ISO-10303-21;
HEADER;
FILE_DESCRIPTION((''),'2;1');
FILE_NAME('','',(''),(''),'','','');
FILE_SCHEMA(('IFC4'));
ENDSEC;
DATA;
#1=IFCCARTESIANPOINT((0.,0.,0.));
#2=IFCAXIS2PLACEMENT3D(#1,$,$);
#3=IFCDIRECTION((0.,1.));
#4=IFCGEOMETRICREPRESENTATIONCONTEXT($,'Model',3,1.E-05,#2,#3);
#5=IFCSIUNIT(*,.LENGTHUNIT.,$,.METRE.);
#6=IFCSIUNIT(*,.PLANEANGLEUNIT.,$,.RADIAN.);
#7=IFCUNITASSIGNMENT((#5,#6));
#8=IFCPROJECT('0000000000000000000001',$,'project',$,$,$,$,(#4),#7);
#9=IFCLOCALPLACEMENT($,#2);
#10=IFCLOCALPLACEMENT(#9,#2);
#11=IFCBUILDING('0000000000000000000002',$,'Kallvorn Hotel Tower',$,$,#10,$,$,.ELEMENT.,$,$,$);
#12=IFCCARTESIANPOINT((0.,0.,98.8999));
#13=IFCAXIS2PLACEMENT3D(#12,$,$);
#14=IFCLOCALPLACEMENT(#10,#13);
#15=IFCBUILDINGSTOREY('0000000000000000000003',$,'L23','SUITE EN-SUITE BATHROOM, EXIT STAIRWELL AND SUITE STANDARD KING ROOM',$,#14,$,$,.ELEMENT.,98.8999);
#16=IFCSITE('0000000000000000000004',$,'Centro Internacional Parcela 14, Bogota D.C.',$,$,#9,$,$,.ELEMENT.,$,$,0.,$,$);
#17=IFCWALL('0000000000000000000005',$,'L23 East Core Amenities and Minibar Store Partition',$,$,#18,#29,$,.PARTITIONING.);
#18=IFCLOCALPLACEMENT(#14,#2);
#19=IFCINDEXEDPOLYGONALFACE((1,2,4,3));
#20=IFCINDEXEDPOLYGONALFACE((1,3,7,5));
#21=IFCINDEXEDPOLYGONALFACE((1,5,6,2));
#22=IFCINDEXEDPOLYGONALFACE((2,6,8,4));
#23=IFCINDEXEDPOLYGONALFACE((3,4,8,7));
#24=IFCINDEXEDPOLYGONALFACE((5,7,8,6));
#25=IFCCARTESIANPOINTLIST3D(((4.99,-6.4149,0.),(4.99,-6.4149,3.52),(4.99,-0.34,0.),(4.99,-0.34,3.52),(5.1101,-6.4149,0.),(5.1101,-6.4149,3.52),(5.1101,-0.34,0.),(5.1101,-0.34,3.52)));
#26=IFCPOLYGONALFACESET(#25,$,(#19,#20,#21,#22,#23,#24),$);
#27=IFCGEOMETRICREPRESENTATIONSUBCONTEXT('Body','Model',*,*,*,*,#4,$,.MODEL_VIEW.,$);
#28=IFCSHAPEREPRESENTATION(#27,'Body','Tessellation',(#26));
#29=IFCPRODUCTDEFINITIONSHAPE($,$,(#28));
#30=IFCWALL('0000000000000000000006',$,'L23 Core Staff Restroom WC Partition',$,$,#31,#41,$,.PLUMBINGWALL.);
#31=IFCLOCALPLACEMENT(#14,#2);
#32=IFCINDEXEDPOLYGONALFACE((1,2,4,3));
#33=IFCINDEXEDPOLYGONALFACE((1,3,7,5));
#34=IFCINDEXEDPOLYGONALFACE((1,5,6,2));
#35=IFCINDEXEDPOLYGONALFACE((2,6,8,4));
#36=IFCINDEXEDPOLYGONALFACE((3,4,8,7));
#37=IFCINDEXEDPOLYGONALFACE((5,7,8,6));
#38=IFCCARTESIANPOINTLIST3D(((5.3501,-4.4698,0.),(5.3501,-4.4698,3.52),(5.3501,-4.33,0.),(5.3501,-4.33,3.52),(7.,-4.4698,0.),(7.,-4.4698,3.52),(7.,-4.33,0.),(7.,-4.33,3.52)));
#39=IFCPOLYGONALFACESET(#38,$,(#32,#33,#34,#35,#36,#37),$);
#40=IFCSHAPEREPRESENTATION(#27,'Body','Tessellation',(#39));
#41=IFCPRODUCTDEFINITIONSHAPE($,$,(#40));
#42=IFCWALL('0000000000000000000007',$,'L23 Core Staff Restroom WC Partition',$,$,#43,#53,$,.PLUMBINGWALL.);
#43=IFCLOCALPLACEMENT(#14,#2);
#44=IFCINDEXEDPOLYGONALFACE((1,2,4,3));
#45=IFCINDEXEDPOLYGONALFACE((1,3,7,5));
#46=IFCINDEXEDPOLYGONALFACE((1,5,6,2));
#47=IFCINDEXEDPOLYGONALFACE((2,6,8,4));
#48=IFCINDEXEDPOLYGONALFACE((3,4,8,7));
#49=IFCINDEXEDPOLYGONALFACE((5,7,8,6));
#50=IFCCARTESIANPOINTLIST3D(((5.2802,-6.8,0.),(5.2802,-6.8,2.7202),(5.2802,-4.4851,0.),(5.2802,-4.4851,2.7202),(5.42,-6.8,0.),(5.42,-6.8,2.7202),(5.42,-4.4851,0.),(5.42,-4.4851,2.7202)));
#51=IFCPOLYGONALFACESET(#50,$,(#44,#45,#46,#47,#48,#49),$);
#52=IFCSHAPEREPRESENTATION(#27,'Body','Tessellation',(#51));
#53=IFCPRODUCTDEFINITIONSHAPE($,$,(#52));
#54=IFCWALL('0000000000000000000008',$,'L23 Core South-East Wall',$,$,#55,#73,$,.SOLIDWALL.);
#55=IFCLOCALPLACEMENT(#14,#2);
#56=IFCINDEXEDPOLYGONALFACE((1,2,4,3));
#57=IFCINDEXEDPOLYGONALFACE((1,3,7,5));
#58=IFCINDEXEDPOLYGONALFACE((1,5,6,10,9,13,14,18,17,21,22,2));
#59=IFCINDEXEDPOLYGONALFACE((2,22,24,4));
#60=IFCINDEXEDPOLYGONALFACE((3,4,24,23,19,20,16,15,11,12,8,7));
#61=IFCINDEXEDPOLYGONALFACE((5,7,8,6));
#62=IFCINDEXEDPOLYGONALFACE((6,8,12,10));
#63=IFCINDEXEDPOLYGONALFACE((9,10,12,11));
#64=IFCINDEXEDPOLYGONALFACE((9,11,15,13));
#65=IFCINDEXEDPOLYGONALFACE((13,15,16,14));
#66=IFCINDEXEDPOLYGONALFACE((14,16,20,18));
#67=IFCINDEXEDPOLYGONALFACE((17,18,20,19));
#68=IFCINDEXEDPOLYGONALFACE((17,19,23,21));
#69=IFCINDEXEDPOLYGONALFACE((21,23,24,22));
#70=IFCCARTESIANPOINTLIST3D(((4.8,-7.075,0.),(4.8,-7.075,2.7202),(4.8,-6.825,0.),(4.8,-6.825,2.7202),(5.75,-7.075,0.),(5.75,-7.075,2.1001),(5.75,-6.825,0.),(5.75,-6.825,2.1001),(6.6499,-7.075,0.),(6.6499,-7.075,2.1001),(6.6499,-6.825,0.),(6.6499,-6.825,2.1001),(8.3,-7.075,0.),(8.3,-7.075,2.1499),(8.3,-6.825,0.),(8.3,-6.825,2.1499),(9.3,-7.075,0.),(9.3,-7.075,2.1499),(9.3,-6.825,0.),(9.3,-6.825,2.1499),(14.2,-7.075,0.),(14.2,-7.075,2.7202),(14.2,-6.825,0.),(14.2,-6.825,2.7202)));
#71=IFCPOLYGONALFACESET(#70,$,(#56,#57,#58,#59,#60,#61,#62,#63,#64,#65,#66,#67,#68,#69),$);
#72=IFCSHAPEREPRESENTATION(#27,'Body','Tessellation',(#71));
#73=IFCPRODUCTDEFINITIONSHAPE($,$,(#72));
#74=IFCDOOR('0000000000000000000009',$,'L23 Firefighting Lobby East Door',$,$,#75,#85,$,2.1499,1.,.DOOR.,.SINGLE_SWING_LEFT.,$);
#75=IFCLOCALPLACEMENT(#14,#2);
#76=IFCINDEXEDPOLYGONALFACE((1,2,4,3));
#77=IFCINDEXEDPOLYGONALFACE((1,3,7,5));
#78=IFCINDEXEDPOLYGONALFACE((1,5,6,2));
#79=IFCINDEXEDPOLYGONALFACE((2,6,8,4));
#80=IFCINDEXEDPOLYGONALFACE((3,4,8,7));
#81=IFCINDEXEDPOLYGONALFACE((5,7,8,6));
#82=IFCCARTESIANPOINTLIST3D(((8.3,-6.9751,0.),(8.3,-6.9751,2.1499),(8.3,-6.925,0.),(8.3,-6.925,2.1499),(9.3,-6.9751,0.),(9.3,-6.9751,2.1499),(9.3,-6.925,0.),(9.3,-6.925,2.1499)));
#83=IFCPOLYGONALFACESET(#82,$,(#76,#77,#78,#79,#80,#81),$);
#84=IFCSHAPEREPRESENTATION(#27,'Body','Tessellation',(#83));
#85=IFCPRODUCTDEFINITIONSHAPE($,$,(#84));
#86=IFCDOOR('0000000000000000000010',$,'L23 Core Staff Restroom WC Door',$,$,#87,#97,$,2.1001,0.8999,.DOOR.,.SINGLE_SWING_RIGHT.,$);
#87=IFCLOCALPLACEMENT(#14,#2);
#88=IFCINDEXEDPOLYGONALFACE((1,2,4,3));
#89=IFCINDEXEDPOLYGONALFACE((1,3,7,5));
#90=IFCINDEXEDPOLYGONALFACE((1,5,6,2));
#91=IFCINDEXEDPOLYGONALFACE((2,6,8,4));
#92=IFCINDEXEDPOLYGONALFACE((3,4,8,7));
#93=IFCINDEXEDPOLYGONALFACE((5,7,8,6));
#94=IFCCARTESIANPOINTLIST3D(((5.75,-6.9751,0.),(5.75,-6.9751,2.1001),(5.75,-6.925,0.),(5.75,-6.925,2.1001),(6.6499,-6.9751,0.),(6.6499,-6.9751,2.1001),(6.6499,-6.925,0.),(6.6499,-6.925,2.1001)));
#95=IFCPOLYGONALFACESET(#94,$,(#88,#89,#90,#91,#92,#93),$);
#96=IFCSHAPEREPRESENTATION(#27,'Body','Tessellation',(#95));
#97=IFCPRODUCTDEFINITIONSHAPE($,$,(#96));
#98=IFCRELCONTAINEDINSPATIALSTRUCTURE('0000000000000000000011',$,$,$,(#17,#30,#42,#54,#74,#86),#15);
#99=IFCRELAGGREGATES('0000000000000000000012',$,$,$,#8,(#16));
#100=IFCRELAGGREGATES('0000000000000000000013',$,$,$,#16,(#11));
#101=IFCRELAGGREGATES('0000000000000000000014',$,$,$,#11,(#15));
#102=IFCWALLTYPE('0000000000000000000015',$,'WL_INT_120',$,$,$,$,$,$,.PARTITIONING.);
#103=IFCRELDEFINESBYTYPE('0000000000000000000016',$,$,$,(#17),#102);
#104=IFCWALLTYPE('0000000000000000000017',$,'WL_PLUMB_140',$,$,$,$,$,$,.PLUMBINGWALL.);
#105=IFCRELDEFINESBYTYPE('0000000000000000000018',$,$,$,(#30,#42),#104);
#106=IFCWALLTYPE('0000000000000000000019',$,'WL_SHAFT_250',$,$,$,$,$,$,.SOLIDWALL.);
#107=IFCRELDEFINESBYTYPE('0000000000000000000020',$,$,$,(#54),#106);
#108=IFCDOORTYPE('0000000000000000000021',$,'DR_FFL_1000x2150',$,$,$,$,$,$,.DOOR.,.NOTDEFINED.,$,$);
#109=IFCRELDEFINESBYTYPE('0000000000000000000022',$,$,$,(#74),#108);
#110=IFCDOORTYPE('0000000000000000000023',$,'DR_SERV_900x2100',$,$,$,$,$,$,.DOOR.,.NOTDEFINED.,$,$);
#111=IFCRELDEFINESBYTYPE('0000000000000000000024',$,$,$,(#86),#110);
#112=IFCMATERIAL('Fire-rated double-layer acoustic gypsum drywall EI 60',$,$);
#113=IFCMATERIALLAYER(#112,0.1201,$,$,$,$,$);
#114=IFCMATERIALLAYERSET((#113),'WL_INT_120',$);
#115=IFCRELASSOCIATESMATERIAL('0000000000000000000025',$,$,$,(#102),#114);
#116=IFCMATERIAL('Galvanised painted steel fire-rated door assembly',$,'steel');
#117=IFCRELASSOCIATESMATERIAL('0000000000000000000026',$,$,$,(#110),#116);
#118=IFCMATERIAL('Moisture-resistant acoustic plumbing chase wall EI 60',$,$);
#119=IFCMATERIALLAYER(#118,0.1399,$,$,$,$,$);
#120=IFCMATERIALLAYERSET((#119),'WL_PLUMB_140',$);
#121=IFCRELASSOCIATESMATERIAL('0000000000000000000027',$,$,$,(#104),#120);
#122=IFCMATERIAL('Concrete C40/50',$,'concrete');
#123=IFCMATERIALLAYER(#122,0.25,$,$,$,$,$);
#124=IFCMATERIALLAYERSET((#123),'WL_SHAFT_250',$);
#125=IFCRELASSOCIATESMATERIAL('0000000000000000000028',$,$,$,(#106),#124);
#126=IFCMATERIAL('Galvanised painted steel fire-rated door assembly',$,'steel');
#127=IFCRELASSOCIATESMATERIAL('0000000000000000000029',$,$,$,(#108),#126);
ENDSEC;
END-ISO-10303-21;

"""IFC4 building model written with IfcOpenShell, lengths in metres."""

from ifc_helpers import new_model, si_unit, direction, frame, frame_2d, origin, place, context, subcontext, project, spatial, rectangle, extrude, material, layer, layer_set, type_object, element, fill, save


model = new_model("IFC4")

# Units and contexts
model_context = context("Model", 3, precision=1e-05, world=origin(), true_north=direction((0.0, 1.0)))
body_context = subcontext(model_context, "Body", "Model", "MODEL_VIEW")
ifc_project = project(units=[si_unit("LENGTHUNIT", "METRE"), si_unit("PLANEANGLEUNIT", "RADIAN")], contexts=[model_context])

# Site, building, storey
site_placement = place(None, origin())
site = spatial("IfcSite", under=ifc_project, at=site_placement, Name="Centro Internacional Parcela 14, Bogota D.C.", CompositionType="ELEMENT", RefElevation=0.0)
building_placement = place(site_placement, origin())
building = spatial("IfcBuilding", under=site, at=building_placement, Name="Kallvorn Hotel Tower", CompositionType="ELEMENT")
storey_placement = place(building_placement, frame((0.0, 0.0, 98.8999)))
storey = spatial("IfcBuildingStorey", under=building, at=storey_placement, Name="L23", Description="SUITE EN-SUITE BATHROOM, EXIT STAIRWELL AND SUITE STANDARD KING ROOM", CompositionType="ELEMENT", Elevation=98.8999)

# Shared definitions
ifc_material_1 = material(Name="Fire-rated double-layer acoustic gypsum drywall EI 60")
ifc_layer_1 = layer(ifc_material_1, 0.1201)
ifc_layer_set_1 = layer_set([ifc_layer_1], Name="WL_INT_120")
wall_type_1 = type_object("IfcWallType", Name="WL_INT_120", PredefinedType="PARTITIONING", material=ifc_layer_set_1)

# Shared definitions
ifc_material_2 = material(Name="Galvanised painted steel fire-rated door assembly", Category="steel")
door_type_1 = type_object("IfcDoorType", Name="DR_SERV_900x2100", OperationType="NOTDEFINED", PredefinedType="DOOR", material=ifc_material_2)

# Walls
wall_1_placement = place(storey_placement, frame((5.05, -6.415, 0.0), z_axis=(0.0, 0.0, 1.0), x_axis=(0.0, 1.0, 0.0)))
element("IfcWall", 1, at=wall_1_placement, inside=storey, type_object=wall_type_1, Name="L23 East Core Amenities and Minibar Store Partition", PredefinedType="PARTITIONING", context=body_context, shape_type="SweptSolid", body=[
    extrude(rectangle(XDim=6.075, YDim=0.1201, at=frame_2d((3.0376, 0.0))), origin(), (0.0, 0.0, 1.0), 3.52),
])
ifc_material_3 = material(Name="Moisture-resistant acoustic plumbing chase wall EI 60")
ifc_layer_2 = layer(ifc_material_3, 0.1399)
ifc_layer_set_2 = layer_set([ifc_layer_2], Name="WL_PLUMB_140")
wall_type_2 = type_object("IfcWallType", Name="WL_PLUMB_140", PredefinedType="PLUMBINGWALL", material=ifc_layer_set_2)
wall_2_placement = place(storey_placement, frame((5.3501, -4.3999, 0.0), z_axis=(0.0, 0.0, 1.0), x_axis=(1.0, 0.0, 0.0)))
element("IfcWall", 2, at=wall_2_placement, inside=storey, type_object=wall_type_2, Name="L23 Core Staff Restroom WC Partition", PredefinedType="PLUMBINGWALL", context=body_context, shape_type="SweptSolid", body=[
    extrude(rectangle(XDim=1.6499, YDim=0.1399, at=frame_2d((0.825, 0.0))), origin(), (0.0, 0.0, 1.0), 3.52),
])
wall_3_placement = place(storey_placement, frame((5.3501, -6.8, 0.0), z_axis=(0.0, 0.0, 1.0), x_axis=(0.0, 1.0, 0.0)))
element("IfcWall", 3, at=wall_3_placement, inside=storey, type_object=wall_type_2, Name="L23 Core Staff Restroom WC Partition", PredefinedType="PLUMBINGWALL", context=body_context, shape_type="SweptSolid", body=[
    extrude(rectangle(XDim=2.3149, YDim=0.1399, at=frame_2d((1.1575, 0.0))), origin(), (0.0, 0.0, 1.0), 2.7202),
])

# Wall, openings, doors
ifc_material_4 = material(Name="Concrete C40/50", Category="concrete")
ifc_layer_3 = layer(ifc_material_4, 0.25)
ifc_layer_set_3 = layer_set([ifc_layer_3], Name="WL_SHAFT_250")
wall_type_3 = type_object("IfcWallType", Name="WL_SHAFT_250", PredefinedType="SOLIDWALL", material=ifc_layer_set_3)
wall_4_placement = place(storey_placement, frame((4.8, -6.95, 0.0), z_axis=(0.0, 0.0, 1.0), x_axis=(1.0, 0.0, 0.0)))
wall_4 = element("IfcWall", 4, at=wall_4_placement, inside=storey, type_object=wall_type_3, Name="L23 Core South-East Wall", PredefinedType="SOLIDWALL", context=body_context, shape_type="SweptSolid", body=[
    extrude(rectangle(XDim=9.3999, YDim=0.25, at=frame_2d((4.7, 0.0))), origin(), (0.0, 0.0, 1.0), 2.7202),
])
opening_1_placement = place(wall_4_placement, frame((3.5, 0.0, 0.0)))
opening_1 = element("IfcOpeningElement", 5, at=opening_1_placement, cuts=wall_4, PredefinedType="OPENING", context=body_context, shape_type="SweptSolid", body=[
    extrude(rectangle(XDim=1.0, YDim=2.1499, at=frame_2d((0.5, 1.075))), frame((0.0, 0.1399, 0.0), z_axis=(0.0, -1.0, 0.0), x_axis=(1.0, 0.0, 0.0)), (0.0, 0.0, 1.0), 0.28),
])
opening_2_placement = place(wall_4_placement, frame((0.95, 0.0, 0.0)))
opening_2 = element("IfcOpeningElement", 6, at=opening_2_placement, cuts=wall_4, PredefinedType="OPENING", context=body_context, shape_type="SweptSolid", body=[
    extrude(rectangle(XDim=0.8999, YDim=2.1001, at=frame_2d((0.45, 1.05))), frame((0.0, 0.1399, 0.0), z_axis=(0.0, -1.0, 0.0), x_axis=(1.0, 0.0, 0.0)), (0.0, 0.0, 1.0), 0.28),
])
ifc_material_5 = material(Name="Galvanised painted steel fire-rated door assembly", Category="steel")
door_type_2 = type_object("IfcDoorType", Name="DR_FFL_1000x2150", OperationType="NOTDEFINED", PredefinedType="DOOR", material=ifc_material_5)
door_1_placement = place(opening_1_placement, origin())
door_1 = element("IfcDoor", 7, at=door_1_placement, inside=storey, type_object=door_type_2, Name="L23 Firefighting Lobby East Door", OperationType="SINGLE_SWING_LEFT", OverallHeight=2.1499, OverallWidth=1.0, PredefinedType="DOOR", context=body_context, shape_type="SweptSolid", body=[
    extrude(rectangle(XDim=1.0, YDim=2.1499, at=frame_2d((0.5, 1.075))), frame((0.0, 0.0249, 0.0), z_axis=(0.0, -1.0, 0.0), x_axis=(1.0, 0.0, 0.0)), (0.0, 0.0, 1.0), 0.05),
])
fill(opening_1, door_1)
door_2_placement = place(opening_2_placement, origin())
door_2 = element("IfcDoor", 8, at=door_2_placement, inside=storey, type_object=door_type_1, Name="L23 Core Staff Restroom WC Door", OperationType="SINGLE_SWING_RIGHT", OverallHeight=2.1001, OverallWidth=0.8999, PredefinedType="DOOR", context=body_context, shape_type="SweptSolid", body=[
    extrude(rectangle(XDim=0.8999, YDim=2.1001, at=frame_2d((0.45, 1.05))), frame((0.0, 0.0249, 0.0), z_axis=(0.0, -1.0, 0.0), x_axis=(1.0, 0.0, 0.0)), (0.0, 0.0, 1.0), 0.05),
])
fill(opening_2, door_2)

save(model, "model.ifc")
